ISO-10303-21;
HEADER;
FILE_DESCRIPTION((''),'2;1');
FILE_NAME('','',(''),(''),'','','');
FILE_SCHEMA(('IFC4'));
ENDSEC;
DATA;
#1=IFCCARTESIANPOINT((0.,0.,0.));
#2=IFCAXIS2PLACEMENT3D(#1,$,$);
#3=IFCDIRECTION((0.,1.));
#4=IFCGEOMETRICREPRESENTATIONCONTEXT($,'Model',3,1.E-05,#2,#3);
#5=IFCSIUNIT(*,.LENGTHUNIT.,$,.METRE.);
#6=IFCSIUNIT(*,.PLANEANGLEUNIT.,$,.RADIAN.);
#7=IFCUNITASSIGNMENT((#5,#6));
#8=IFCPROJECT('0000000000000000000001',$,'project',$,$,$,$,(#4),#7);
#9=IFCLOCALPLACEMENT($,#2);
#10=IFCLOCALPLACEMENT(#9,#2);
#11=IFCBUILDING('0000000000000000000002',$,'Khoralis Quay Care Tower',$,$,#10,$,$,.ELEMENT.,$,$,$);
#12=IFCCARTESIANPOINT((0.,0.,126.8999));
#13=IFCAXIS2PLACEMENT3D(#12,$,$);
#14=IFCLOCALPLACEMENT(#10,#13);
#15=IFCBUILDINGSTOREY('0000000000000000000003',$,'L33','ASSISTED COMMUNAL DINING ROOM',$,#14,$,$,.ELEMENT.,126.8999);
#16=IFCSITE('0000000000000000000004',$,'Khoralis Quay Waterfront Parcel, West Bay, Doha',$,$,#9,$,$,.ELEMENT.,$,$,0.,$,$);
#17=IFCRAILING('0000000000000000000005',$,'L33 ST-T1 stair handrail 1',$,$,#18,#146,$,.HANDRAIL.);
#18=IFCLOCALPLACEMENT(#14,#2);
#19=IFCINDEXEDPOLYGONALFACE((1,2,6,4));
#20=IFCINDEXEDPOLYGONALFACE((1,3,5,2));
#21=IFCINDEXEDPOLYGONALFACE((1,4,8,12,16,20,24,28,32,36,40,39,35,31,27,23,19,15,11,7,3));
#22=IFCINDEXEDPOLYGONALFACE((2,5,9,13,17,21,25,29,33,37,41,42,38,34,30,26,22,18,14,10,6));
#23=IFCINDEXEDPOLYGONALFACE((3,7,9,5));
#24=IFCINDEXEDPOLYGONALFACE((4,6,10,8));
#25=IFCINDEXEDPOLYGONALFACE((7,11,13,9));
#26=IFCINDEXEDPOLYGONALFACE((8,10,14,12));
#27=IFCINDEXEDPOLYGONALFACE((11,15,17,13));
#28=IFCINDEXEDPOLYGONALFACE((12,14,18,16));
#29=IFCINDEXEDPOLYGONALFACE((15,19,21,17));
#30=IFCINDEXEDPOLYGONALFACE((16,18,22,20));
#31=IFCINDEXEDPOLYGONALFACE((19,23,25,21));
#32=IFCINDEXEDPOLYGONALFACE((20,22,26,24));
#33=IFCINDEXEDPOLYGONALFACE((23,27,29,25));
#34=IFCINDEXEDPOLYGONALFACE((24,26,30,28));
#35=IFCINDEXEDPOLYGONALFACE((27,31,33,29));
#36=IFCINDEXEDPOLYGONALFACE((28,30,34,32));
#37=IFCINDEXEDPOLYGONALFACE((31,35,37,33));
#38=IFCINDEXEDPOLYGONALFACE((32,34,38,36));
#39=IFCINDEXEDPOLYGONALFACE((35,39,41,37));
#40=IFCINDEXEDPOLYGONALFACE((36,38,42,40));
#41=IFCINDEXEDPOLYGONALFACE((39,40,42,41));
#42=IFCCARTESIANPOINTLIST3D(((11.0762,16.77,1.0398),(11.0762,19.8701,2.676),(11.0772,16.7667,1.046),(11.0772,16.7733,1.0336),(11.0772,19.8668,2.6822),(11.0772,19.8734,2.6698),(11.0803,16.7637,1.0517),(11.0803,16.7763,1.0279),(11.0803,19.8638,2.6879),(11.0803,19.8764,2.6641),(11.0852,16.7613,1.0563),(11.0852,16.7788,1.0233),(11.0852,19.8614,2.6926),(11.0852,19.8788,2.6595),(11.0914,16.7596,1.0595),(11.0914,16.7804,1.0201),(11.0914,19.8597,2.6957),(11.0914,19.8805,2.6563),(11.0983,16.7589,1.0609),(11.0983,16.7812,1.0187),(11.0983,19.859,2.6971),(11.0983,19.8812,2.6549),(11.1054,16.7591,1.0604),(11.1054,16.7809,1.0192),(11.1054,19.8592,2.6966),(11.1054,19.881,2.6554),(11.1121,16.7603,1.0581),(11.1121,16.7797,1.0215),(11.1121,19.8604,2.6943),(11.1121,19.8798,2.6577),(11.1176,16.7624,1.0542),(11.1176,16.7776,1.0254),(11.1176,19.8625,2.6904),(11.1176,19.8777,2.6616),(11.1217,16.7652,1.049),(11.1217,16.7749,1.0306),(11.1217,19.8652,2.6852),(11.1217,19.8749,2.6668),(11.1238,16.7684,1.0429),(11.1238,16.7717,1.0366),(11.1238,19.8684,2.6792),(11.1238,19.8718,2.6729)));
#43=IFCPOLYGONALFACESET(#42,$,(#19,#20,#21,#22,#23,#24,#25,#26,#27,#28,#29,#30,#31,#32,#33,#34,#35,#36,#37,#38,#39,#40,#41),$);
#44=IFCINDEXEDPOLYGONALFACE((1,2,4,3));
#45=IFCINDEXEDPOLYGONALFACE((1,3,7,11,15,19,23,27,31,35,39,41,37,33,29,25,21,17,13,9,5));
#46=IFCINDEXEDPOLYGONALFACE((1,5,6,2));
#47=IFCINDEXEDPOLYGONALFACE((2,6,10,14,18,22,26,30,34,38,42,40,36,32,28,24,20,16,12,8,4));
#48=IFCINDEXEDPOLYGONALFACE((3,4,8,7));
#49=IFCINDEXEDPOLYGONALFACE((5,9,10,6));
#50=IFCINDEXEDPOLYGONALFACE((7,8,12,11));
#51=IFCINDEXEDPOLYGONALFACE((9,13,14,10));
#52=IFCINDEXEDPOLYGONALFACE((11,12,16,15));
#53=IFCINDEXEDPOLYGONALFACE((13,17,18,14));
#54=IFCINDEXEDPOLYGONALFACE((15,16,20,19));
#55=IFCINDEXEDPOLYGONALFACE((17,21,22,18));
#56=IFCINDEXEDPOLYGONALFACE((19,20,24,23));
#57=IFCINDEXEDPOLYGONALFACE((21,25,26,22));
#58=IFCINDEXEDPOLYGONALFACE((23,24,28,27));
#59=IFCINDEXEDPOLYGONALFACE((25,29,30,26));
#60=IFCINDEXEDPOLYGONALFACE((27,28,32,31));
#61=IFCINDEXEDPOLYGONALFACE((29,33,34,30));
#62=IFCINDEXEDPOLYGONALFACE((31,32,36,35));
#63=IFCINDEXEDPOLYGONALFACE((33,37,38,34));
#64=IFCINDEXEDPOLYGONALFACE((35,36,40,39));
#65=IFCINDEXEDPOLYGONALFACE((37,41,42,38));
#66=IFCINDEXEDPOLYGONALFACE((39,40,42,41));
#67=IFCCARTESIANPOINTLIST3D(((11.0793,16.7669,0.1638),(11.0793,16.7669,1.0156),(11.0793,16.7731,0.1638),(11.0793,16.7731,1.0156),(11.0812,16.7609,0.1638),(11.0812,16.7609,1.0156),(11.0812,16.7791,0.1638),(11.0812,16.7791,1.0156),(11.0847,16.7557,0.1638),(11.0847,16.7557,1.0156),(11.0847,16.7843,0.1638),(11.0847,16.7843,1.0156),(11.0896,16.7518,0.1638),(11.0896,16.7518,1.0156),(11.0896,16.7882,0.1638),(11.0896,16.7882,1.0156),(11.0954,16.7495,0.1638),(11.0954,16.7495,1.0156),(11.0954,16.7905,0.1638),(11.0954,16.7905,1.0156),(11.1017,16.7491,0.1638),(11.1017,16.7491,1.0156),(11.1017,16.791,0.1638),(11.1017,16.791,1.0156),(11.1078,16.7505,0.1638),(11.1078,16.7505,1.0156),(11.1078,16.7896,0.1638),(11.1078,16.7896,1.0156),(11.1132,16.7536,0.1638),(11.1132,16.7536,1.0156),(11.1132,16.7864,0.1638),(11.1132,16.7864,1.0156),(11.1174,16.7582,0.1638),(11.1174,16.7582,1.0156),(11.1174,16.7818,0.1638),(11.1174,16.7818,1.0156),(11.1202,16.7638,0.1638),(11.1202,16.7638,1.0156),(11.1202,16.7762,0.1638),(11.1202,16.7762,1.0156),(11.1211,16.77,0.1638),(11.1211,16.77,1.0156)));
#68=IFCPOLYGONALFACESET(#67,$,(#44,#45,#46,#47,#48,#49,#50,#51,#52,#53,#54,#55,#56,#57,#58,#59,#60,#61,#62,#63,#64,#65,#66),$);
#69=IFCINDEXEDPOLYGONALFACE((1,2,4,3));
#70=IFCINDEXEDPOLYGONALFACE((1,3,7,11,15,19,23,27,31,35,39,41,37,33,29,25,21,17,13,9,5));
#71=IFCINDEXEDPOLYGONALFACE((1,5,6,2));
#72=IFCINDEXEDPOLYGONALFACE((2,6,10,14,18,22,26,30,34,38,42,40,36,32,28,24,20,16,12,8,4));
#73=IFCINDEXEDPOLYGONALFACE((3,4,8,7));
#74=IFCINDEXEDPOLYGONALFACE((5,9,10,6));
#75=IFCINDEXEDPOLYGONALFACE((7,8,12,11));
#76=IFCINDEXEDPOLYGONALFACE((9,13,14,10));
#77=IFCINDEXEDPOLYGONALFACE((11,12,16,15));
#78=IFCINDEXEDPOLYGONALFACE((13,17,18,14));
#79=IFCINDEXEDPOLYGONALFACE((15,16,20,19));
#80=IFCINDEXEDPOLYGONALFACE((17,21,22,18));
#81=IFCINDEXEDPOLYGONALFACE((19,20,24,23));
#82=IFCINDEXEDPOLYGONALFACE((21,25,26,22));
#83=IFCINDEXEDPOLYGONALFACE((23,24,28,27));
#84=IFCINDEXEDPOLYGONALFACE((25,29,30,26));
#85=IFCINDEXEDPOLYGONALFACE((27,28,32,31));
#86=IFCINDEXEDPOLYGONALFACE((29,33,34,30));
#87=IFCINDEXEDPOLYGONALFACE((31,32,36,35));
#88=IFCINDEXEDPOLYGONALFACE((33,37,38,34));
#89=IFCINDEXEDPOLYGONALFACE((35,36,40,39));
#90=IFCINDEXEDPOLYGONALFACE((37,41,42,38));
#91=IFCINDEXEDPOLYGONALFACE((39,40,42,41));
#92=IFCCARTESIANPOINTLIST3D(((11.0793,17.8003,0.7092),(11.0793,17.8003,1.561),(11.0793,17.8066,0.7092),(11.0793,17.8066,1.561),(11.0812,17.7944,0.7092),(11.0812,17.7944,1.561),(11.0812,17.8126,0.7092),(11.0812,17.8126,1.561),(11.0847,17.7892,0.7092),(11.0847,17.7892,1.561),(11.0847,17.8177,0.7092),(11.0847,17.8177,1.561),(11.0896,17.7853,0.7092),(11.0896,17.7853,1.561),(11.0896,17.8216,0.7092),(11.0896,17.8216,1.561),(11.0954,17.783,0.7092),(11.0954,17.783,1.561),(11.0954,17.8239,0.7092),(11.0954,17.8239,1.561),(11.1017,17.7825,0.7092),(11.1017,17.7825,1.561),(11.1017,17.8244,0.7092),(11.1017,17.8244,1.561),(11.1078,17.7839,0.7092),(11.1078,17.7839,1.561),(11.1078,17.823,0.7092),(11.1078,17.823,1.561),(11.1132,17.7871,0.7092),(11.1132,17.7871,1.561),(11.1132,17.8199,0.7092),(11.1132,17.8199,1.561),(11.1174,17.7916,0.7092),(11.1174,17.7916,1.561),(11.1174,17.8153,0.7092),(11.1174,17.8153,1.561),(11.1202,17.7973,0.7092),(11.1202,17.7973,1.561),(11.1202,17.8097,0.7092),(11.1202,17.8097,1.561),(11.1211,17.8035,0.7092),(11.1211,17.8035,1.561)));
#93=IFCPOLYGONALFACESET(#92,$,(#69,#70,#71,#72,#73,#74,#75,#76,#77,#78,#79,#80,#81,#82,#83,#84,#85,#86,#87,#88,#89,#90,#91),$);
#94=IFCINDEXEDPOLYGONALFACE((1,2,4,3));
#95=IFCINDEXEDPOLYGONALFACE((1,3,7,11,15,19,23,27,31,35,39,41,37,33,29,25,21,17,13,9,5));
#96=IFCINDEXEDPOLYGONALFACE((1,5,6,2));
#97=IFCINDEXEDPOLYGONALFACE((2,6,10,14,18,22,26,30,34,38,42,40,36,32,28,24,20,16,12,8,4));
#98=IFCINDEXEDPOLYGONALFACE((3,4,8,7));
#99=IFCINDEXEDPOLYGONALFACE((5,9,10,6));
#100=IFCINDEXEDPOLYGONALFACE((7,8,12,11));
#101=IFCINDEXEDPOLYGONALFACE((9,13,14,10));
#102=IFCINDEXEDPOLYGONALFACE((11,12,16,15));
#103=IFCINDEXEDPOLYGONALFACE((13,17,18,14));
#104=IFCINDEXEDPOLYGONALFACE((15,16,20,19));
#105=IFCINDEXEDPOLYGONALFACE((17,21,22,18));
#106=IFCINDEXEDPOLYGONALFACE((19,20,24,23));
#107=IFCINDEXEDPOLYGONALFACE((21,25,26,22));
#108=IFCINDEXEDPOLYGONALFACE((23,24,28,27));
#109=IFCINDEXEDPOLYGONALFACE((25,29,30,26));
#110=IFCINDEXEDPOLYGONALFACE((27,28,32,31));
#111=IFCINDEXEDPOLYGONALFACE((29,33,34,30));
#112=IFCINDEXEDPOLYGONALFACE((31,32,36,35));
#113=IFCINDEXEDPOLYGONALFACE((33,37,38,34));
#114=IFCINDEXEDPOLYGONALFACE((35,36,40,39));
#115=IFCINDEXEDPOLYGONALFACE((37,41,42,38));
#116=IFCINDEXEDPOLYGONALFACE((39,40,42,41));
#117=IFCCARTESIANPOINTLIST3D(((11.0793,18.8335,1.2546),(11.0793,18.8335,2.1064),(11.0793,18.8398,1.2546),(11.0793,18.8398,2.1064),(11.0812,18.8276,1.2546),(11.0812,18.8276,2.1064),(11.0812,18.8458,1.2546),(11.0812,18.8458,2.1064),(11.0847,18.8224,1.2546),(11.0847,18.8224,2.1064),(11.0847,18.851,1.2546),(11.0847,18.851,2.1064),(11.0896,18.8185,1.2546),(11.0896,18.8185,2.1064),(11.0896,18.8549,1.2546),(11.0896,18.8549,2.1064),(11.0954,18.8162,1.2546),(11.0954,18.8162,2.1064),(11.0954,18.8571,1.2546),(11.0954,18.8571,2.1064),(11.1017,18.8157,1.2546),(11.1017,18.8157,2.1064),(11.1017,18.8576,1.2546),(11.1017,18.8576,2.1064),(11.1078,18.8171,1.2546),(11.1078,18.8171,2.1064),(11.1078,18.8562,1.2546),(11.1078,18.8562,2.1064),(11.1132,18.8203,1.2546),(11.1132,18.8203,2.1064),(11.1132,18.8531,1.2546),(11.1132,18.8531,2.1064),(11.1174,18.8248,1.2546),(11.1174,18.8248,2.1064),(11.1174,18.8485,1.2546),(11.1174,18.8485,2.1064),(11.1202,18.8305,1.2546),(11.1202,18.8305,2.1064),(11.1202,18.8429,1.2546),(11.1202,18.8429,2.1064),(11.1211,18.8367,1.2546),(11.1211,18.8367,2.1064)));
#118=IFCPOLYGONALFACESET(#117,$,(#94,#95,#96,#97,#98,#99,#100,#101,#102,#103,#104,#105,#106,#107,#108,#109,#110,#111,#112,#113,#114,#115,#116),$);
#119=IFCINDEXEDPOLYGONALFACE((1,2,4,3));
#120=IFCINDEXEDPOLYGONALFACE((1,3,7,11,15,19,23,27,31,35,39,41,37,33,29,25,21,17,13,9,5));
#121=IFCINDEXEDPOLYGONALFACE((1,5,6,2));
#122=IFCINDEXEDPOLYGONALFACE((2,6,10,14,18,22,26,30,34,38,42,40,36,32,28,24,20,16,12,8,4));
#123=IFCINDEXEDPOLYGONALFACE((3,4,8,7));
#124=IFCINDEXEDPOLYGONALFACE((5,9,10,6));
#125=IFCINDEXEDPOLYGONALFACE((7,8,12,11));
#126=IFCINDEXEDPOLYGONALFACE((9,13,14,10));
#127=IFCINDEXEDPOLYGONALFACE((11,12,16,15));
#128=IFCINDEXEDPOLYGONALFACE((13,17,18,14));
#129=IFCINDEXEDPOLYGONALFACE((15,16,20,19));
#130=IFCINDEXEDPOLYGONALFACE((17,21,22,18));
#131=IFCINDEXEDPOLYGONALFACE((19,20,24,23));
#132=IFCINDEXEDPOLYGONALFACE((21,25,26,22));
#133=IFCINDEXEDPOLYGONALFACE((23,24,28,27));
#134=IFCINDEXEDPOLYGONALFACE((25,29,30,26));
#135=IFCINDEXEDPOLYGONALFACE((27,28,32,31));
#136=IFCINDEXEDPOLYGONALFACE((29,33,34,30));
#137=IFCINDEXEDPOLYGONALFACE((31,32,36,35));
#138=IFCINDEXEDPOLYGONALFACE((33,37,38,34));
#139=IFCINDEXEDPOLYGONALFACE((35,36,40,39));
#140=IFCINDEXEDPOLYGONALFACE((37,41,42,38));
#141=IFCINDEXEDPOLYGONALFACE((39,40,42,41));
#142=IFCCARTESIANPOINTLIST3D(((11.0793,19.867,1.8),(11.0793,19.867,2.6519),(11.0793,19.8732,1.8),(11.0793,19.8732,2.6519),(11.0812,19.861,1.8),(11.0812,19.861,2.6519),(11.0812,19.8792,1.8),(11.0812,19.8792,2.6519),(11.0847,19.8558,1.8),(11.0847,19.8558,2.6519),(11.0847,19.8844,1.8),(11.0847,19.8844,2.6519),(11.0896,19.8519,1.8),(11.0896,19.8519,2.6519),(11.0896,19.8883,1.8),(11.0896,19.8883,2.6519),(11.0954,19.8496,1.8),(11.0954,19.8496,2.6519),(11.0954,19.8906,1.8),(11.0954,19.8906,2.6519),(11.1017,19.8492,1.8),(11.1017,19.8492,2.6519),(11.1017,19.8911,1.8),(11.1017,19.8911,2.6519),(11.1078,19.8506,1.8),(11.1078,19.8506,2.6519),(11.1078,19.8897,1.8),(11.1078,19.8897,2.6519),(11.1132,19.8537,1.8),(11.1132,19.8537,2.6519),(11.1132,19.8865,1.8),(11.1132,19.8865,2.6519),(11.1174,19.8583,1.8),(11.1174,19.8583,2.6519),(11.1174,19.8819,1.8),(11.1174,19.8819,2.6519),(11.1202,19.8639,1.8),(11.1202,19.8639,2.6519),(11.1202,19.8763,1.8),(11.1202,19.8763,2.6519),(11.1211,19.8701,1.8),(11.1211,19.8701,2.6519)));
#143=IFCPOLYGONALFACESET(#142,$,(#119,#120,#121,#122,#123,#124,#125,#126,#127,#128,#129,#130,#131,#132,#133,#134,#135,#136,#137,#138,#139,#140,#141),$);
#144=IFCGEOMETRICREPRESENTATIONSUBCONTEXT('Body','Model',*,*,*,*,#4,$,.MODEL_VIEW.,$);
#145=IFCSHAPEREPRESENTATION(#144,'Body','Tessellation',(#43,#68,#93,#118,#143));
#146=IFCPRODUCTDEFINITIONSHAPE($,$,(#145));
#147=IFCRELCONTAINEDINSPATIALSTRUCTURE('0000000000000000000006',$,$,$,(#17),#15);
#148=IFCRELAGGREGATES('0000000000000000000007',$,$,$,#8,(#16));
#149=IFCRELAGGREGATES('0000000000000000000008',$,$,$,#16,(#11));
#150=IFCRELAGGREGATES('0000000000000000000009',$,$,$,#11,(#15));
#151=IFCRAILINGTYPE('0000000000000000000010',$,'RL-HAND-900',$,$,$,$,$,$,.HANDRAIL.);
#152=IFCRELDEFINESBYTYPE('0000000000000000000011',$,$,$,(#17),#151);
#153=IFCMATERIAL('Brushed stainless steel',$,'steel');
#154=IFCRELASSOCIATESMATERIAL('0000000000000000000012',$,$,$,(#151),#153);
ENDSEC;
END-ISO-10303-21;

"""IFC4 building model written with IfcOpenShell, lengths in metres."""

from ifc_helpers import new_model, si_unit, direction, frame, origin, origin_2d, place, context, subcontext, project, spatial, circle, extrude, material, type_object, element, save


model = new_model("IFC4")

# Units and contexts
model_context = context("Model", 3, precision=1e-05, world=origin(), true_north=direction((0.0, 1.0)))
body_context = subcontext(model_context, "Body", "Model", "MODEL_VIEW")
ifc_project = project(units=[si_unit("LENGTHUNIT", "METRE"), si_unit("PLANEANGLEUNIT", "RADIAN")], contexts=[model_context])

# Site, building, storey
site_placement = place(None, origin())
site = spatial("IfcSite", under=ifc_project, at=site_placement, Name="Khoralis Quay Waterfront Parcel, West Bay, Doha", CompositionType="ELEMENT", RefElevation=0.0)
building_placement = place(site_placement, origin())
building = spatial("IfcBuilding", under=site, at=building_placement, Name="Khoralis Quay Care Tower", CompositionType="ELEMENT")
storey_placement = place(building_placement, frame((0.0, 0.0, 126.8999)))
storey = spatial("IfcBuildingStorey", under=building, at=storey_placement, Name="L33", Description="ASSISTED COMMUNAL DINING ROOM", CompositionType="ELEMENT", Elevation=126.8999)

# Shared definitions
ifc_material_1 = material(Name="Brushed stainless steel", Category="steel")

# Railing
railing_type_1 = type_object("IfcRailingType", Name="RL-HAND-900", PredefinedType="HANDRAIL", material=ifc_material_1)
railing_1_placement = place(storey_placement, frame((11.1001, 16.77, 0.1638)))
element("IfcRailing", 1, at=railing_1_placement, inside=storey, type_object=railing_type_1, Name="L33 ST-T1 stair handrail 1", PredefinedType="HANDRAIL", context=body_context, shape_type="SweptSolid", body=[
    extrude(circle(Radius=0.0239, at=origin_2d()), frame((0.0, 0.0, 0.876), z_axis=(0.0, 0.884377, 0.466774), x_axis=(-1.0, 0.0, 0.0)), (0.0, 0.0, 1.0), 3.5054),
    extrude(circle(Radius=0.021, at=origin_2d()), origin(), (0.0, 0.0, 1.0), 0.8518),
    extrude(circle(Radius=0.021, at=origin_2d()), frame((0.0, 1.0334, 0.5454)), (0.0, 0.0, 1.0), 0.8518),
    extrude(circle(Radius=0.021, at=origin_2d()), frame((0.0, 2.0667, 1.0908)), (0.0, 0.0, 1.0), 0.8518),
    extrude(circle(Radius=0.021, at=origin_2d()), frame((0.0, 3.1001, 1.6362)), (0.0, 0.0, 1.0), 0.8518),
])

save(model, "model.ifc")
